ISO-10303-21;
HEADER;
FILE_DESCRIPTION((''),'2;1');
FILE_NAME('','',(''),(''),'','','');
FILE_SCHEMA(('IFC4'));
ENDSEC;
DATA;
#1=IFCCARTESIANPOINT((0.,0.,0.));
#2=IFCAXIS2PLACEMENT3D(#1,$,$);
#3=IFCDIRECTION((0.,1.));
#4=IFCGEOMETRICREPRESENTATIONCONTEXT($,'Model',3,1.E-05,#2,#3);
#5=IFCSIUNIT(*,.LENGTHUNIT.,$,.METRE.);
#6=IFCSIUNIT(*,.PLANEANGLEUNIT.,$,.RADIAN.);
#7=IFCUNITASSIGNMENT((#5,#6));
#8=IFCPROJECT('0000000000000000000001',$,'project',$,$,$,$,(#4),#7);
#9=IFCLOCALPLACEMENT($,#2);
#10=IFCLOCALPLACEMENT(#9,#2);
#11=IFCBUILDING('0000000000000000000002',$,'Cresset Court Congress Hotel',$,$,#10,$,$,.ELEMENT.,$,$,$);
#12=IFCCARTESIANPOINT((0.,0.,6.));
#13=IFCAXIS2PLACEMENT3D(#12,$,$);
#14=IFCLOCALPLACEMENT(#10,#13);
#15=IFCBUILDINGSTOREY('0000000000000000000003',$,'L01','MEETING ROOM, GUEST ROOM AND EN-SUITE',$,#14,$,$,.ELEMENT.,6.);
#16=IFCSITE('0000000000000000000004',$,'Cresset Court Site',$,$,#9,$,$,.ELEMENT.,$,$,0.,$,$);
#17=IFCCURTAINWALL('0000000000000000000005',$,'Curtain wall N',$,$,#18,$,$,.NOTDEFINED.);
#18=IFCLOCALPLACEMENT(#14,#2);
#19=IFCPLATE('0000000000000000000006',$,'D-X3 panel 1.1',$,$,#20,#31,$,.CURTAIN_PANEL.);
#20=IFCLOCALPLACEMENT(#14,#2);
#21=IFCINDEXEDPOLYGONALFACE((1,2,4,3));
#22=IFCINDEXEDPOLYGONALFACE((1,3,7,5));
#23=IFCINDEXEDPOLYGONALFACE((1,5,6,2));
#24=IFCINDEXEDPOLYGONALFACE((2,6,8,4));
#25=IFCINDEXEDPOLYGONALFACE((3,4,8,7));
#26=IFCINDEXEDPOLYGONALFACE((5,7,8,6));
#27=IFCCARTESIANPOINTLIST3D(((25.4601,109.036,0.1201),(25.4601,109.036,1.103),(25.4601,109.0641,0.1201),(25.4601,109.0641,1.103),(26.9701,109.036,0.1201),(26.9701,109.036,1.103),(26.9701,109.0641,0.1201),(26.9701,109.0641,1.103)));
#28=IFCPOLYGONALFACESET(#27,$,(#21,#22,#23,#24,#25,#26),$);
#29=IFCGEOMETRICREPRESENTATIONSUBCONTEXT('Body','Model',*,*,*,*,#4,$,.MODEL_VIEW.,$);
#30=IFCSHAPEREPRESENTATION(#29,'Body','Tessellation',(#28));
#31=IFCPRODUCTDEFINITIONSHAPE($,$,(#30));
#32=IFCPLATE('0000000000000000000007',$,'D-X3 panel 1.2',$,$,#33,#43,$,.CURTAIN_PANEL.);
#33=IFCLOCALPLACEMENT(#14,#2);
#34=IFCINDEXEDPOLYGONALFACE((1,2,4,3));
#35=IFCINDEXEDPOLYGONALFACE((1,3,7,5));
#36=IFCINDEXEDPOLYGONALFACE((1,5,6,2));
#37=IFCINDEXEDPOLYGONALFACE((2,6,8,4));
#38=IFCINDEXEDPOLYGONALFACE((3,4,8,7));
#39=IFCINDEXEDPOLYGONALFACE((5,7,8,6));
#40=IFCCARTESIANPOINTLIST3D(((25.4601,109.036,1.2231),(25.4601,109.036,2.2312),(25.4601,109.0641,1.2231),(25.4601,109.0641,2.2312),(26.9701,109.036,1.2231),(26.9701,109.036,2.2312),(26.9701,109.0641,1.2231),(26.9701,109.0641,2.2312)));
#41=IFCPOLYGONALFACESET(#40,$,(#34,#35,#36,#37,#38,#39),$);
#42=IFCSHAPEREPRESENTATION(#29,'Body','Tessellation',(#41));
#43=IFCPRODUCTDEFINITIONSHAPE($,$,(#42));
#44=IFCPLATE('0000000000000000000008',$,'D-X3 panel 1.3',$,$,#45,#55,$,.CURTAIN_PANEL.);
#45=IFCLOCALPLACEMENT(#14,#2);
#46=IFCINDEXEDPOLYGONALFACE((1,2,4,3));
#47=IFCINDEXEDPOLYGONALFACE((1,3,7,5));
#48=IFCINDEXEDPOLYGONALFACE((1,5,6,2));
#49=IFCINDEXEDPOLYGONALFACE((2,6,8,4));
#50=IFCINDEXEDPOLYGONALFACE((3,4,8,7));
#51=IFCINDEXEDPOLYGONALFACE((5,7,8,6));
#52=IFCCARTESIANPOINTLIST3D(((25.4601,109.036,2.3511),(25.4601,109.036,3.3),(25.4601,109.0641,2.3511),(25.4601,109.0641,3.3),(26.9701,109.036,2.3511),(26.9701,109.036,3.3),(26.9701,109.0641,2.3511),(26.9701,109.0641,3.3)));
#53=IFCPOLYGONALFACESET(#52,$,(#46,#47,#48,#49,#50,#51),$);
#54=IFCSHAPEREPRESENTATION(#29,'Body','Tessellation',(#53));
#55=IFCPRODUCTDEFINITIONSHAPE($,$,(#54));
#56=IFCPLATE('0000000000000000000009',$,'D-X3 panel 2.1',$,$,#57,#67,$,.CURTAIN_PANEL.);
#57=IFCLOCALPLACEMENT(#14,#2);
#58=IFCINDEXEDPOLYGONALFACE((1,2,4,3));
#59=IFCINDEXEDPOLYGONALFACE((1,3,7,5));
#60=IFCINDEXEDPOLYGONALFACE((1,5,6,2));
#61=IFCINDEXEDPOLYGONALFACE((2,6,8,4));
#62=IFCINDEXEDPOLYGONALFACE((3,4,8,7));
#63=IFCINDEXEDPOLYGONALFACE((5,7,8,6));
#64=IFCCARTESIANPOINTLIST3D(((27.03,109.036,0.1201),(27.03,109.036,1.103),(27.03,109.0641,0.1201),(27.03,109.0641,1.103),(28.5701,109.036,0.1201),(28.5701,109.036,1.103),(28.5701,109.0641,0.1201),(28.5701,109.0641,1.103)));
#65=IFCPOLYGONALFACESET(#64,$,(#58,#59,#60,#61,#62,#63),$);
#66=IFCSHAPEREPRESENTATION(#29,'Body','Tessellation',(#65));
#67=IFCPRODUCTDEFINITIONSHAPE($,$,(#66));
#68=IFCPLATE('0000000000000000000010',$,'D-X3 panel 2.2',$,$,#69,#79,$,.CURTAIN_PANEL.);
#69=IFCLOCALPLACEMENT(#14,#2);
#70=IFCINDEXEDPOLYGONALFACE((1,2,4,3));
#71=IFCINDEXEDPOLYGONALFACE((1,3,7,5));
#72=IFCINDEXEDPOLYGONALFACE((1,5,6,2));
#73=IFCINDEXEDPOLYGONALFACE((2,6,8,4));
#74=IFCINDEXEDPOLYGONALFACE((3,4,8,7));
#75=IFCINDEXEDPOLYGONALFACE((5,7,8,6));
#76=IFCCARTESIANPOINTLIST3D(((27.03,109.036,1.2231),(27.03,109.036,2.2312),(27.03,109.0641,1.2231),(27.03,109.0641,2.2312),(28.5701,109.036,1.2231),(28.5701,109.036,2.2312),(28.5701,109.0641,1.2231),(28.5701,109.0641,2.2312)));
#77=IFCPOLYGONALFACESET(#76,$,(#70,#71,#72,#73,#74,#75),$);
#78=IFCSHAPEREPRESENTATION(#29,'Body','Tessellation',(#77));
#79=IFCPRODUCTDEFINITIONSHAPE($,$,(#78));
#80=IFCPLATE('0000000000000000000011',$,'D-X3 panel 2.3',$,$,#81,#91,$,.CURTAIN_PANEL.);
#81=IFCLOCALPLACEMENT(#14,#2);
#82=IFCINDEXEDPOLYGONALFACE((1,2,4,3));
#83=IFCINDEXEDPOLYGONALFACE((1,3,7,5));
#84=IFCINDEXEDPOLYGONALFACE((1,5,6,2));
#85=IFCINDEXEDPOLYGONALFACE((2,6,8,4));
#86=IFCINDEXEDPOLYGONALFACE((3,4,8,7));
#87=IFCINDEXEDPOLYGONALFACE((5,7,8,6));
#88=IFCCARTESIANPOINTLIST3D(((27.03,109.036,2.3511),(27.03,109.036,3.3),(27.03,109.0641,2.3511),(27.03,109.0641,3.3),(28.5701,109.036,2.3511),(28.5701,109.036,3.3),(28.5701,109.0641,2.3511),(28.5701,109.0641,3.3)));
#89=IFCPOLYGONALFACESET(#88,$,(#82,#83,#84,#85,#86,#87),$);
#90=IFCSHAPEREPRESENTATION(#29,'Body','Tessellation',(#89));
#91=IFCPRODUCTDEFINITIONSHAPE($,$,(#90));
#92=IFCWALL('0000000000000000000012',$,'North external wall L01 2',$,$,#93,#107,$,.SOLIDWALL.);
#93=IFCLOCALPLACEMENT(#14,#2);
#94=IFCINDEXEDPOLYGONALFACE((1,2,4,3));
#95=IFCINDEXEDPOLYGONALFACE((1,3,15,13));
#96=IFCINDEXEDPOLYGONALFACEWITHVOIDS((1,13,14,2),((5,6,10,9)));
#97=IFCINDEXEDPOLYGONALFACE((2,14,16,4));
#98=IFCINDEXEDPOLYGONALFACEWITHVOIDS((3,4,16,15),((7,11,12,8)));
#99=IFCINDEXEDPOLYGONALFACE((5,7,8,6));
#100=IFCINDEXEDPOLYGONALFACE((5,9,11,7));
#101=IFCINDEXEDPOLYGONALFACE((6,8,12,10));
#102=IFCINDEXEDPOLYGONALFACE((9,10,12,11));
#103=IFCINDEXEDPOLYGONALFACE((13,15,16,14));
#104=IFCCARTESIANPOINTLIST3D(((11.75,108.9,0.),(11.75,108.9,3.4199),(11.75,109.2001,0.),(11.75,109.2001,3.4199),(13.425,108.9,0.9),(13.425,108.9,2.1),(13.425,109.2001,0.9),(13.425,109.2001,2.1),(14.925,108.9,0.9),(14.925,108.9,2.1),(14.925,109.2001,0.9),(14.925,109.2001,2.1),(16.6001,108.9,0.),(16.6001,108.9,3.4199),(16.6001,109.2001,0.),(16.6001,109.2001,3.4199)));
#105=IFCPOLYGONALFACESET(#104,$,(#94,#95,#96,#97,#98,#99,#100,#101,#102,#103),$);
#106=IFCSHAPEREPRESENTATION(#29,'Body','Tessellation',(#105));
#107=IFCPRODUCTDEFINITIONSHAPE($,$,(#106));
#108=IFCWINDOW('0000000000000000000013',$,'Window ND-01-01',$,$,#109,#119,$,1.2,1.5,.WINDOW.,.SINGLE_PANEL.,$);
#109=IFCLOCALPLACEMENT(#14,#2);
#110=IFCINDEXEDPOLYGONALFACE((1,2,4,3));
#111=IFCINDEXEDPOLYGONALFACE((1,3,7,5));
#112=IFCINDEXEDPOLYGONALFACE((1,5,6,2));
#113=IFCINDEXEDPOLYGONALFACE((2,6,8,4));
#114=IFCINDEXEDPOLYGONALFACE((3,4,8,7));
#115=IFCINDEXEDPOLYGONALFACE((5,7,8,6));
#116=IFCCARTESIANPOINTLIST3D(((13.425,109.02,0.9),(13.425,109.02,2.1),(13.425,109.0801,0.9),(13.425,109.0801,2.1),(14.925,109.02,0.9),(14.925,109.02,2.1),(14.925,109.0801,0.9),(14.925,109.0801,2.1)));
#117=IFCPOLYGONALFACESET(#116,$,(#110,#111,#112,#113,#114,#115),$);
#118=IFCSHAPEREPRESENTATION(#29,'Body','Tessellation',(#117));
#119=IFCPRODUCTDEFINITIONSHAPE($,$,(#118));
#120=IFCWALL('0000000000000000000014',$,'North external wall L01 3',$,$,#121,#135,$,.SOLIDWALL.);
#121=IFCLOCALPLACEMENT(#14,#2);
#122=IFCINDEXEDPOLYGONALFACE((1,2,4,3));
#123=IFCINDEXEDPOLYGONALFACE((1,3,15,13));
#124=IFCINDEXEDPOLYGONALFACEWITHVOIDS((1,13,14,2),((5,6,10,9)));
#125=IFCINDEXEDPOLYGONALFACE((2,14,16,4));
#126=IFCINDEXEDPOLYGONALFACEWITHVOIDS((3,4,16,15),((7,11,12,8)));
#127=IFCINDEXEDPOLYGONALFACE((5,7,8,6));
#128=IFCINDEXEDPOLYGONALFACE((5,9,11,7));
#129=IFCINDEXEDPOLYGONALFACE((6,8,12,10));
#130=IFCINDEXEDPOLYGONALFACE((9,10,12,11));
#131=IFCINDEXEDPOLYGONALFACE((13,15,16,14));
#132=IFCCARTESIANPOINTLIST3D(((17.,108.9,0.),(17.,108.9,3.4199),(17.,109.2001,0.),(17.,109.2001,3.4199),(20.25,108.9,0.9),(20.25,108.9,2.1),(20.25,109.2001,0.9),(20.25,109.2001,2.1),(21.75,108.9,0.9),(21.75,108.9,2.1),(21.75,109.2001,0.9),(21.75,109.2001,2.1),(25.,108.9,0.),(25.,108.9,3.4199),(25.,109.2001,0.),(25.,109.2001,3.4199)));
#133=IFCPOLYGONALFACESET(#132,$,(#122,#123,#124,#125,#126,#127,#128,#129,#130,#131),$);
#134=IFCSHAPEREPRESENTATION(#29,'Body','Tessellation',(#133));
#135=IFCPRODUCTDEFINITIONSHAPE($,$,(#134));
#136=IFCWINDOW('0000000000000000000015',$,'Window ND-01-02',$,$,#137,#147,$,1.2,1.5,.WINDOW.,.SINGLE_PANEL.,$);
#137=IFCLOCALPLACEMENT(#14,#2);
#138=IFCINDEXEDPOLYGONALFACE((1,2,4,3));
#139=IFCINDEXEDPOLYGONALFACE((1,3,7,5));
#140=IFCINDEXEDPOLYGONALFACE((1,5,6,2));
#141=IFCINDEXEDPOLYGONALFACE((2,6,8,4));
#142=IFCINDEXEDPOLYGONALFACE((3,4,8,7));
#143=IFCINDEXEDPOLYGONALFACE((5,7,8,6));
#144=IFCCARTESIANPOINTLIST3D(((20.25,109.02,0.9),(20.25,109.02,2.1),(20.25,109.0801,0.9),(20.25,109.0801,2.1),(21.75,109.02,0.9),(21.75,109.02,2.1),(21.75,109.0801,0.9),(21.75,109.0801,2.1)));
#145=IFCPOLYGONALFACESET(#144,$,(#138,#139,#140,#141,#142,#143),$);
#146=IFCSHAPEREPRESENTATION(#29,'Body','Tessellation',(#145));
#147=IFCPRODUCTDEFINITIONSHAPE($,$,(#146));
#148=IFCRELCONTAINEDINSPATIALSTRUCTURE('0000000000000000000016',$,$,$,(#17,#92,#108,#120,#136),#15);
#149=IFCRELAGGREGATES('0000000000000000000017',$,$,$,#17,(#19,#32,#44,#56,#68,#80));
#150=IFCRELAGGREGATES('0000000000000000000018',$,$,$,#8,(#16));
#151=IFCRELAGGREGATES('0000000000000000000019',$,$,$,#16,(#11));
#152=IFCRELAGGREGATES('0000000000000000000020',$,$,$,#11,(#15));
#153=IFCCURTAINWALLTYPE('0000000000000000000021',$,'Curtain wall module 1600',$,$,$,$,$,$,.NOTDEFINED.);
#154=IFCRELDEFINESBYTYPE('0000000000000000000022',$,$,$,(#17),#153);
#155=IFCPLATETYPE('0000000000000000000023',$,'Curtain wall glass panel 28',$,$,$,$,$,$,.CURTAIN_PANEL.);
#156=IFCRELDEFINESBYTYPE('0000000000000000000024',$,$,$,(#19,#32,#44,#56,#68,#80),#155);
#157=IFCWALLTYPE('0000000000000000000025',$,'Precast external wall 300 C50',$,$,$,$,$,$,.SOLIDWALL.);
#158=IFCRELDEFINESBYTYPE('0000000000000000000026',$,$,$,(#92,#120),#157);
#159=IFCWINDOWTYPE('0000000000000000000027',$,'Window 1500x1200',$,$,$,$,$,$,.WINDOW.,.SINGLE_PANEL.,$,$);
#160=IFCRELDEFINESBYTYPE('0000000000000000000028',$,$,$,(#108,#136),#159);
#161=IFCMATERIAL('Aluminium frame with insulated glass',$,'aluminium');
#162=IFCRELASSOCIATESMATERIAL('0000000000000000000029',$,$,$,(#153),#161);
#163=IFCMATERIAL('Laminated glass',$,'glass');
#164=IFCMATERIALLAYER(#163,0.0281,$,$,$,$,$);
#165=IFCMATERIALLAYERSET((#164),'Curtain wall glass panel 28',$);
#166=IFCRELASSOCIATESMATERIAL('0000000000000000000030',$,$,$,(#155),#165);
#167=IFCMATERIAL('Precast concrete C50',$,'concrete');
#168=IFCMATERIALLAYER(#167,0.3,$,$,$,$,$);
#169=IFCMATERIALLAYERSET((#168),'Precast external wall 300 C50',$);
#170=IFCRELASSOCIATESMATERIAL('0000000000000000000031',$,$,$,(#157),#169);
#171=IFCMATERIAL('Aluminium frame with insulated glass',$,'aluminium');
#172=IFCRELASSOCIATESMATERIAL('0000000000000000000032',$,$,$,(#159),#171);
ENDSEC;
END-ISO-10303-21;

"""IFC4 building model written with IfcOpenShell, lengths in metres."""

from ifc_helpers import new_model, si_unit, direction, frame, frame_2d, origin, origin_2d, place, context, subcontext, project, spatial, rectangle, extrude, material, layer, layer_set, type_object, element, fill, aggregate, save


model = new_model("IFC4")

# Units and contexts
model_context = context("Model", 3, precision=1e-05, world=origin(), true_north=direction((0.0, 1.0)))
body_context = subcontext(model_context, "Body", "Model", "MODEL_VIEW")
ifc_project = project(units=[si_unit("LENGTHUNIT", "METRE"), si_unit("PLANEANGLEUNIT", "RADIAN")], contexts=[model_context])

# Site, building, storey
site_placement = place(None, origin())
site = spatial("IfcSite", under=ifc_project, at=site_placement, Name="Cresset Court Site", CompositionType="ELEMENT", RefElevation=0.0)
building_placement = place(site_placement, origin())
building = spatial("IfcBuilding", under=site, at=building_placement, Name="Cresset Court Congress Hotel", CompositionType="ELEMENT")
storey_placement = place(building_placement, frame((0.0, 0.0, 6.0)))
storey = spatial("IfcBuildingStorey", under=building, at=storey_placement, Name="L01", Description="MEETING ROOM, GUEST ROOM AND EN-SUITE", CompositionType="ELEMENT", Elevation=6.0)

# Curtain wall, plates
ifc_material_1 = material(Name="Aluminium frame with insulated glass", Category="aluminium")
curtain_wall_type = type_object("IfcCurtainWallType", Name="Curtain wall module 1600", PredefinedType="NOTDEFINED", material=ifc_material_1)
curtain_wall_placement = place(storey_placement, origin())
curtain_wall = element("IfcCurtainWall", 1, at=curtain_wall_placement, inside=storey, type_object=curtain_wall_type, Name="Curtain wall N", PredefinedType="NOTDEFINED")
ifc_material_2 = material(Name="Laminated glass", Category="glass")
ifc_layer_1 = layer(ifc_material_2, 0.0281)
ifc_layer_set_1 = layer_set([ifc_layer_1], Name="Curtain wall glass panel 28")
plate_type = type_object("IfcPlateType", Name="Curtain wall glass panel 28", PredefinedType="CURTAIN_PANEL", material=ifc_layer_set_1)
plate_1_placement = place(storey_placement, frame((26.2151, 109.05, 0.1201), z_axis=(0.0, 0.0, 1.0), x_axis=(1.0, 0.0, 0.0)))
plate_1 = element("IfcPlate", 2, at=plate_1_placement, type_object=plate_type, Name="D-X3 panel 1.1", PredefinedType="CURTAIN_PANEL", context=body_context, shape_type="SweptSolid", body=[
    extrude(rectangle(XDim=1.51, YDim=0.0281, at=origin_2d()), origin(), (0.0, 0.0, 1.0), 0.9829),
])
plate_2_placement = place(storey_placement, frame((26.2151, 109.05, 1.2231), z_axis=(0.0, 0.0, 1.0), x_axis=(1.0, 0.0, 0.0)))
plate_2 = element("IfcPlate", 3, at=plate_2_placement, type_object=plate_type, Name="D-X3 panel 1.2", PredefinedType="CURTAIN_PANEL", context=body_context, shape_type="SweptSolid", body=[
    extrude(rectangle(XDim=1.51, YDim=0.0281, at=origin_2d()), origin(), (0.0, 0.0, 1.0), 1.0081),
])
plate_3_placement = place(storey_placement, frame((26.2151, 109.05, 2.3511), z_axis=(0.0, 0.0, 1.0), x_axis=(1.0, 0.0, 0.0)))
plate_3 = element("IfcPlate", 4, at=plate_3_placement, type_object=plate_type, Name="D-X3 panel 1.3", PredefinedType="CURTAIN_PANEL", context=body_context, shape_type="SweptSolid", body=[
    extrude(rectangle(XDim=1.51, YDim=0.0281, at=origin_2d()), origin(), (0.0, 0.0, 1.0), 0.949),
])
plate_4_placement = place(storey_placement, frame((27.8, 109.05, 0.1201), z_axis=(0.0, 0.0, 1.0), x_axis=(1.0, 0.0, 0.0)))
plate_4 = element("IfcPlate", 5, at=plate_4_placement, type_object=plate_type, Name="D-X3 panel 2.1", PredefinedType="CURTAIN_PANEL", context=body_context, shape_type="SweptSolid", body=[
    extrude(rectangle(XDim=1.54, YDim=0.0281, at=origin_2d()), origin(), (0.0, 0.0, 1.0), 0.9829),
])
plate_5_placement = place(storey_placement, frame((27.8, 109.05, 1.2231), z_axis=(0.0, 0.0, 1.0), x_axis=(1.0, 0.0, 0.0)))
plate_5 = element("IfcPlate", 6, at=plate_5_placement, type_object=plate_type, Name="D-X3 panel 2.2", PredefinedType="CURTAIN_PANEL", context=body_context, shape_type="SweptSolid", body=[
    extrude(rectangle(XDim=1.54, YDim=0.0281, at=origin_2d()), origin(), (0.0, 0.0, 1.0), 1.0081),
])
plate_6_placement = place(storey_placement, frame((27.8, 109.05, 2.3511), z_axis=(0.0, 0.0, 1.0), x_axis=(1.0, 0.0, 0.0)))
plate_6 = element("IfcPlate", 7, at=plate_6_placement, type_object=plate_type, Name="D-X3 panel 2.3", PredefinedType="CURTAIN_PANEL", context=body_context, shape_type="SweptSolid", body=[
    extrude(rectangle(XDim=1.54, YDim=0.0281, at=origin_2d()), origin(), (0.0, 0.0, 1.0), 0.949),
])
aggregate(curtain_wall, [plate_1, plate_2, plate_3, plate_4, plate_5, plate_6])

# Walls, openings, windows
ifc_material_3 = material(Name="Precast concrete C50", Category="concrete")
ifc_layer_2 = layer(ifc_material_3, 0.3)
ifc_layer_set_2 = layer_set([ifc_layer_2], Name="Precast external wall 300 C50")
wall_type = type_object("IfcWallType", Name="Precast external wall 300 C50", PredefinedType="SOLIDWALL", material=ifc_layer_set_2)
wall_1_placement = place(storey_placement, frame((11.75, 109.05, 0.0), z_axis=(0.0, 0.0, 1.0), x_axis=(1.0, 0.0, 0.0)))
wall_1 = element("IfcWall", 8, at=wall_1_placement, inside=storey, type_object=wall_type, Name="North external wall L01 2", PredefinedType="SOLIDWALL", context=body_context, shape_type="SweptSolid", body=[
    extrude(rectangle(XDim=4.8501, YDim=0.3, at=frame_2d((2.425, 0.0))), origin(), (0.0, 0.0, 1.0), 3.4199),
])
opening_1_placement = place(wall_1_placement, frame((1.675, 0.0, 0.8999)))
opening_1 = element("IfcOpeningElement", 9, at=opening_1_placement, cuts=wall_1, PredefinedType="OPENING", context=body_context, shape_type="SweptSolid", body=[
    extrude(rectangle(XDim=1.5, YDim=1.2, at=frame_2d((0.75, 0.6001))), frame((0.0, 0.1599, 0.0), z_axis=(0.0, -1.0, 0.0), x_axis=(1.0, 0.0, 0.0)), (0.0, 0.0, 1.0), 0.3201),
])
ifc_material_4 = material(Name="Aluminium frame with insulated glass", Category="aluminium")
window_type = type_object("IfcWindowType", Name="Window 1500x1200", PartitioningType="SINGLE_PANEL", PredefinedType="WINDOW", material=ifc_material_4)
window_1_placement = place(opening_1_placement, origin())
window_1 = element("IfcWindow", 10, at=window_1_placement, inside=storey, type_object=window_type, Name="Window ND-01-01", OverallHeight=1.2, OverallWidth=1.5, PartitioningType="SINGLE_PANEL", PredefinedType="WINDOW", context=body_context, shape_type="SweptSolid", body=[
    extrude(rectangle(XDim=1.5, YDim=1.2, at=frame_2d((0.75, 0.6001))), frame((0.0, 0.03, 0.0), z_axis=(0.0, -1.0, 0.0), x_axis=(1.0, 0.0, 0.0)), (0.0, 0.0, 1.0), 0.0601),
])
fill(opening_1, window_1)
wall_2_placement = place(storey_placement, frame((17.0, 109.05, 0.0), z_axis=(0.0, 0.0, 1.0), x_axis=(1.0, 0.0, 0.0)))
wall_2 = element("IfcWall", 11, at=wall_2_placement, inside=storey, type_object=wall_type, Name="North external wall L01 3", PredefinedType="SOLIDWALL", context=body_context, shape_type="SweptSolid", body=[
    extrude(rectangle(XDim=8.0, YDim=0.3, at=frame_2d((4.0, 0.0))), origin(), (0.0, 0.0, 1.0), 3.4199),
])
opening_2_placement = place(wall_2_placement, frame((3.25, 0.0, 0.8999)))
opening_2 = element("IfcOpeningElement", 12, at=opening_2_placement, cuts=wall_2, PredefinedType="OPENING", context=body_context, shape_type="SweptSolid", body=[
    extrude(rectangle(XDim=1.5, YDim=1.2, at=frame_2d((0.75, 0.6001))), frame((0.0, 0.1599, 0.0), z_axis=(0.0, -1.0, 0.0), x_axis=(1.0, 0.0, 0.0)), (0.0, 0.0, 1.0), 0.3201),
])
window_2_placement = place(opening_2_placement, origin())
window_2 = element("IfcWindow", 13, at=window_2_placement, inside=storey, type_object=window_type, Name="Window ND-01-02", OverallHeight=1.2, OverallWidth=1.5, PartitioningType="SINGLE_PANEL", PredefinedType="WINDOW", context=body_context, shape_type="SweptSolid", body=[
    extrude(rectangle(XDim=1.5, YDim=1.2, at=frame_2d((0.75, 0.6001))), frame((0.0, 0.03, 0.0), z_axis=(0.0, -1.0, 0.0), x_axis=(1.0, 0.0, 0.0)), (0.0, 0.0, 1.0), 0.0601),
])
fill(opening_2, window_2)

save(model, "model.ifc")
